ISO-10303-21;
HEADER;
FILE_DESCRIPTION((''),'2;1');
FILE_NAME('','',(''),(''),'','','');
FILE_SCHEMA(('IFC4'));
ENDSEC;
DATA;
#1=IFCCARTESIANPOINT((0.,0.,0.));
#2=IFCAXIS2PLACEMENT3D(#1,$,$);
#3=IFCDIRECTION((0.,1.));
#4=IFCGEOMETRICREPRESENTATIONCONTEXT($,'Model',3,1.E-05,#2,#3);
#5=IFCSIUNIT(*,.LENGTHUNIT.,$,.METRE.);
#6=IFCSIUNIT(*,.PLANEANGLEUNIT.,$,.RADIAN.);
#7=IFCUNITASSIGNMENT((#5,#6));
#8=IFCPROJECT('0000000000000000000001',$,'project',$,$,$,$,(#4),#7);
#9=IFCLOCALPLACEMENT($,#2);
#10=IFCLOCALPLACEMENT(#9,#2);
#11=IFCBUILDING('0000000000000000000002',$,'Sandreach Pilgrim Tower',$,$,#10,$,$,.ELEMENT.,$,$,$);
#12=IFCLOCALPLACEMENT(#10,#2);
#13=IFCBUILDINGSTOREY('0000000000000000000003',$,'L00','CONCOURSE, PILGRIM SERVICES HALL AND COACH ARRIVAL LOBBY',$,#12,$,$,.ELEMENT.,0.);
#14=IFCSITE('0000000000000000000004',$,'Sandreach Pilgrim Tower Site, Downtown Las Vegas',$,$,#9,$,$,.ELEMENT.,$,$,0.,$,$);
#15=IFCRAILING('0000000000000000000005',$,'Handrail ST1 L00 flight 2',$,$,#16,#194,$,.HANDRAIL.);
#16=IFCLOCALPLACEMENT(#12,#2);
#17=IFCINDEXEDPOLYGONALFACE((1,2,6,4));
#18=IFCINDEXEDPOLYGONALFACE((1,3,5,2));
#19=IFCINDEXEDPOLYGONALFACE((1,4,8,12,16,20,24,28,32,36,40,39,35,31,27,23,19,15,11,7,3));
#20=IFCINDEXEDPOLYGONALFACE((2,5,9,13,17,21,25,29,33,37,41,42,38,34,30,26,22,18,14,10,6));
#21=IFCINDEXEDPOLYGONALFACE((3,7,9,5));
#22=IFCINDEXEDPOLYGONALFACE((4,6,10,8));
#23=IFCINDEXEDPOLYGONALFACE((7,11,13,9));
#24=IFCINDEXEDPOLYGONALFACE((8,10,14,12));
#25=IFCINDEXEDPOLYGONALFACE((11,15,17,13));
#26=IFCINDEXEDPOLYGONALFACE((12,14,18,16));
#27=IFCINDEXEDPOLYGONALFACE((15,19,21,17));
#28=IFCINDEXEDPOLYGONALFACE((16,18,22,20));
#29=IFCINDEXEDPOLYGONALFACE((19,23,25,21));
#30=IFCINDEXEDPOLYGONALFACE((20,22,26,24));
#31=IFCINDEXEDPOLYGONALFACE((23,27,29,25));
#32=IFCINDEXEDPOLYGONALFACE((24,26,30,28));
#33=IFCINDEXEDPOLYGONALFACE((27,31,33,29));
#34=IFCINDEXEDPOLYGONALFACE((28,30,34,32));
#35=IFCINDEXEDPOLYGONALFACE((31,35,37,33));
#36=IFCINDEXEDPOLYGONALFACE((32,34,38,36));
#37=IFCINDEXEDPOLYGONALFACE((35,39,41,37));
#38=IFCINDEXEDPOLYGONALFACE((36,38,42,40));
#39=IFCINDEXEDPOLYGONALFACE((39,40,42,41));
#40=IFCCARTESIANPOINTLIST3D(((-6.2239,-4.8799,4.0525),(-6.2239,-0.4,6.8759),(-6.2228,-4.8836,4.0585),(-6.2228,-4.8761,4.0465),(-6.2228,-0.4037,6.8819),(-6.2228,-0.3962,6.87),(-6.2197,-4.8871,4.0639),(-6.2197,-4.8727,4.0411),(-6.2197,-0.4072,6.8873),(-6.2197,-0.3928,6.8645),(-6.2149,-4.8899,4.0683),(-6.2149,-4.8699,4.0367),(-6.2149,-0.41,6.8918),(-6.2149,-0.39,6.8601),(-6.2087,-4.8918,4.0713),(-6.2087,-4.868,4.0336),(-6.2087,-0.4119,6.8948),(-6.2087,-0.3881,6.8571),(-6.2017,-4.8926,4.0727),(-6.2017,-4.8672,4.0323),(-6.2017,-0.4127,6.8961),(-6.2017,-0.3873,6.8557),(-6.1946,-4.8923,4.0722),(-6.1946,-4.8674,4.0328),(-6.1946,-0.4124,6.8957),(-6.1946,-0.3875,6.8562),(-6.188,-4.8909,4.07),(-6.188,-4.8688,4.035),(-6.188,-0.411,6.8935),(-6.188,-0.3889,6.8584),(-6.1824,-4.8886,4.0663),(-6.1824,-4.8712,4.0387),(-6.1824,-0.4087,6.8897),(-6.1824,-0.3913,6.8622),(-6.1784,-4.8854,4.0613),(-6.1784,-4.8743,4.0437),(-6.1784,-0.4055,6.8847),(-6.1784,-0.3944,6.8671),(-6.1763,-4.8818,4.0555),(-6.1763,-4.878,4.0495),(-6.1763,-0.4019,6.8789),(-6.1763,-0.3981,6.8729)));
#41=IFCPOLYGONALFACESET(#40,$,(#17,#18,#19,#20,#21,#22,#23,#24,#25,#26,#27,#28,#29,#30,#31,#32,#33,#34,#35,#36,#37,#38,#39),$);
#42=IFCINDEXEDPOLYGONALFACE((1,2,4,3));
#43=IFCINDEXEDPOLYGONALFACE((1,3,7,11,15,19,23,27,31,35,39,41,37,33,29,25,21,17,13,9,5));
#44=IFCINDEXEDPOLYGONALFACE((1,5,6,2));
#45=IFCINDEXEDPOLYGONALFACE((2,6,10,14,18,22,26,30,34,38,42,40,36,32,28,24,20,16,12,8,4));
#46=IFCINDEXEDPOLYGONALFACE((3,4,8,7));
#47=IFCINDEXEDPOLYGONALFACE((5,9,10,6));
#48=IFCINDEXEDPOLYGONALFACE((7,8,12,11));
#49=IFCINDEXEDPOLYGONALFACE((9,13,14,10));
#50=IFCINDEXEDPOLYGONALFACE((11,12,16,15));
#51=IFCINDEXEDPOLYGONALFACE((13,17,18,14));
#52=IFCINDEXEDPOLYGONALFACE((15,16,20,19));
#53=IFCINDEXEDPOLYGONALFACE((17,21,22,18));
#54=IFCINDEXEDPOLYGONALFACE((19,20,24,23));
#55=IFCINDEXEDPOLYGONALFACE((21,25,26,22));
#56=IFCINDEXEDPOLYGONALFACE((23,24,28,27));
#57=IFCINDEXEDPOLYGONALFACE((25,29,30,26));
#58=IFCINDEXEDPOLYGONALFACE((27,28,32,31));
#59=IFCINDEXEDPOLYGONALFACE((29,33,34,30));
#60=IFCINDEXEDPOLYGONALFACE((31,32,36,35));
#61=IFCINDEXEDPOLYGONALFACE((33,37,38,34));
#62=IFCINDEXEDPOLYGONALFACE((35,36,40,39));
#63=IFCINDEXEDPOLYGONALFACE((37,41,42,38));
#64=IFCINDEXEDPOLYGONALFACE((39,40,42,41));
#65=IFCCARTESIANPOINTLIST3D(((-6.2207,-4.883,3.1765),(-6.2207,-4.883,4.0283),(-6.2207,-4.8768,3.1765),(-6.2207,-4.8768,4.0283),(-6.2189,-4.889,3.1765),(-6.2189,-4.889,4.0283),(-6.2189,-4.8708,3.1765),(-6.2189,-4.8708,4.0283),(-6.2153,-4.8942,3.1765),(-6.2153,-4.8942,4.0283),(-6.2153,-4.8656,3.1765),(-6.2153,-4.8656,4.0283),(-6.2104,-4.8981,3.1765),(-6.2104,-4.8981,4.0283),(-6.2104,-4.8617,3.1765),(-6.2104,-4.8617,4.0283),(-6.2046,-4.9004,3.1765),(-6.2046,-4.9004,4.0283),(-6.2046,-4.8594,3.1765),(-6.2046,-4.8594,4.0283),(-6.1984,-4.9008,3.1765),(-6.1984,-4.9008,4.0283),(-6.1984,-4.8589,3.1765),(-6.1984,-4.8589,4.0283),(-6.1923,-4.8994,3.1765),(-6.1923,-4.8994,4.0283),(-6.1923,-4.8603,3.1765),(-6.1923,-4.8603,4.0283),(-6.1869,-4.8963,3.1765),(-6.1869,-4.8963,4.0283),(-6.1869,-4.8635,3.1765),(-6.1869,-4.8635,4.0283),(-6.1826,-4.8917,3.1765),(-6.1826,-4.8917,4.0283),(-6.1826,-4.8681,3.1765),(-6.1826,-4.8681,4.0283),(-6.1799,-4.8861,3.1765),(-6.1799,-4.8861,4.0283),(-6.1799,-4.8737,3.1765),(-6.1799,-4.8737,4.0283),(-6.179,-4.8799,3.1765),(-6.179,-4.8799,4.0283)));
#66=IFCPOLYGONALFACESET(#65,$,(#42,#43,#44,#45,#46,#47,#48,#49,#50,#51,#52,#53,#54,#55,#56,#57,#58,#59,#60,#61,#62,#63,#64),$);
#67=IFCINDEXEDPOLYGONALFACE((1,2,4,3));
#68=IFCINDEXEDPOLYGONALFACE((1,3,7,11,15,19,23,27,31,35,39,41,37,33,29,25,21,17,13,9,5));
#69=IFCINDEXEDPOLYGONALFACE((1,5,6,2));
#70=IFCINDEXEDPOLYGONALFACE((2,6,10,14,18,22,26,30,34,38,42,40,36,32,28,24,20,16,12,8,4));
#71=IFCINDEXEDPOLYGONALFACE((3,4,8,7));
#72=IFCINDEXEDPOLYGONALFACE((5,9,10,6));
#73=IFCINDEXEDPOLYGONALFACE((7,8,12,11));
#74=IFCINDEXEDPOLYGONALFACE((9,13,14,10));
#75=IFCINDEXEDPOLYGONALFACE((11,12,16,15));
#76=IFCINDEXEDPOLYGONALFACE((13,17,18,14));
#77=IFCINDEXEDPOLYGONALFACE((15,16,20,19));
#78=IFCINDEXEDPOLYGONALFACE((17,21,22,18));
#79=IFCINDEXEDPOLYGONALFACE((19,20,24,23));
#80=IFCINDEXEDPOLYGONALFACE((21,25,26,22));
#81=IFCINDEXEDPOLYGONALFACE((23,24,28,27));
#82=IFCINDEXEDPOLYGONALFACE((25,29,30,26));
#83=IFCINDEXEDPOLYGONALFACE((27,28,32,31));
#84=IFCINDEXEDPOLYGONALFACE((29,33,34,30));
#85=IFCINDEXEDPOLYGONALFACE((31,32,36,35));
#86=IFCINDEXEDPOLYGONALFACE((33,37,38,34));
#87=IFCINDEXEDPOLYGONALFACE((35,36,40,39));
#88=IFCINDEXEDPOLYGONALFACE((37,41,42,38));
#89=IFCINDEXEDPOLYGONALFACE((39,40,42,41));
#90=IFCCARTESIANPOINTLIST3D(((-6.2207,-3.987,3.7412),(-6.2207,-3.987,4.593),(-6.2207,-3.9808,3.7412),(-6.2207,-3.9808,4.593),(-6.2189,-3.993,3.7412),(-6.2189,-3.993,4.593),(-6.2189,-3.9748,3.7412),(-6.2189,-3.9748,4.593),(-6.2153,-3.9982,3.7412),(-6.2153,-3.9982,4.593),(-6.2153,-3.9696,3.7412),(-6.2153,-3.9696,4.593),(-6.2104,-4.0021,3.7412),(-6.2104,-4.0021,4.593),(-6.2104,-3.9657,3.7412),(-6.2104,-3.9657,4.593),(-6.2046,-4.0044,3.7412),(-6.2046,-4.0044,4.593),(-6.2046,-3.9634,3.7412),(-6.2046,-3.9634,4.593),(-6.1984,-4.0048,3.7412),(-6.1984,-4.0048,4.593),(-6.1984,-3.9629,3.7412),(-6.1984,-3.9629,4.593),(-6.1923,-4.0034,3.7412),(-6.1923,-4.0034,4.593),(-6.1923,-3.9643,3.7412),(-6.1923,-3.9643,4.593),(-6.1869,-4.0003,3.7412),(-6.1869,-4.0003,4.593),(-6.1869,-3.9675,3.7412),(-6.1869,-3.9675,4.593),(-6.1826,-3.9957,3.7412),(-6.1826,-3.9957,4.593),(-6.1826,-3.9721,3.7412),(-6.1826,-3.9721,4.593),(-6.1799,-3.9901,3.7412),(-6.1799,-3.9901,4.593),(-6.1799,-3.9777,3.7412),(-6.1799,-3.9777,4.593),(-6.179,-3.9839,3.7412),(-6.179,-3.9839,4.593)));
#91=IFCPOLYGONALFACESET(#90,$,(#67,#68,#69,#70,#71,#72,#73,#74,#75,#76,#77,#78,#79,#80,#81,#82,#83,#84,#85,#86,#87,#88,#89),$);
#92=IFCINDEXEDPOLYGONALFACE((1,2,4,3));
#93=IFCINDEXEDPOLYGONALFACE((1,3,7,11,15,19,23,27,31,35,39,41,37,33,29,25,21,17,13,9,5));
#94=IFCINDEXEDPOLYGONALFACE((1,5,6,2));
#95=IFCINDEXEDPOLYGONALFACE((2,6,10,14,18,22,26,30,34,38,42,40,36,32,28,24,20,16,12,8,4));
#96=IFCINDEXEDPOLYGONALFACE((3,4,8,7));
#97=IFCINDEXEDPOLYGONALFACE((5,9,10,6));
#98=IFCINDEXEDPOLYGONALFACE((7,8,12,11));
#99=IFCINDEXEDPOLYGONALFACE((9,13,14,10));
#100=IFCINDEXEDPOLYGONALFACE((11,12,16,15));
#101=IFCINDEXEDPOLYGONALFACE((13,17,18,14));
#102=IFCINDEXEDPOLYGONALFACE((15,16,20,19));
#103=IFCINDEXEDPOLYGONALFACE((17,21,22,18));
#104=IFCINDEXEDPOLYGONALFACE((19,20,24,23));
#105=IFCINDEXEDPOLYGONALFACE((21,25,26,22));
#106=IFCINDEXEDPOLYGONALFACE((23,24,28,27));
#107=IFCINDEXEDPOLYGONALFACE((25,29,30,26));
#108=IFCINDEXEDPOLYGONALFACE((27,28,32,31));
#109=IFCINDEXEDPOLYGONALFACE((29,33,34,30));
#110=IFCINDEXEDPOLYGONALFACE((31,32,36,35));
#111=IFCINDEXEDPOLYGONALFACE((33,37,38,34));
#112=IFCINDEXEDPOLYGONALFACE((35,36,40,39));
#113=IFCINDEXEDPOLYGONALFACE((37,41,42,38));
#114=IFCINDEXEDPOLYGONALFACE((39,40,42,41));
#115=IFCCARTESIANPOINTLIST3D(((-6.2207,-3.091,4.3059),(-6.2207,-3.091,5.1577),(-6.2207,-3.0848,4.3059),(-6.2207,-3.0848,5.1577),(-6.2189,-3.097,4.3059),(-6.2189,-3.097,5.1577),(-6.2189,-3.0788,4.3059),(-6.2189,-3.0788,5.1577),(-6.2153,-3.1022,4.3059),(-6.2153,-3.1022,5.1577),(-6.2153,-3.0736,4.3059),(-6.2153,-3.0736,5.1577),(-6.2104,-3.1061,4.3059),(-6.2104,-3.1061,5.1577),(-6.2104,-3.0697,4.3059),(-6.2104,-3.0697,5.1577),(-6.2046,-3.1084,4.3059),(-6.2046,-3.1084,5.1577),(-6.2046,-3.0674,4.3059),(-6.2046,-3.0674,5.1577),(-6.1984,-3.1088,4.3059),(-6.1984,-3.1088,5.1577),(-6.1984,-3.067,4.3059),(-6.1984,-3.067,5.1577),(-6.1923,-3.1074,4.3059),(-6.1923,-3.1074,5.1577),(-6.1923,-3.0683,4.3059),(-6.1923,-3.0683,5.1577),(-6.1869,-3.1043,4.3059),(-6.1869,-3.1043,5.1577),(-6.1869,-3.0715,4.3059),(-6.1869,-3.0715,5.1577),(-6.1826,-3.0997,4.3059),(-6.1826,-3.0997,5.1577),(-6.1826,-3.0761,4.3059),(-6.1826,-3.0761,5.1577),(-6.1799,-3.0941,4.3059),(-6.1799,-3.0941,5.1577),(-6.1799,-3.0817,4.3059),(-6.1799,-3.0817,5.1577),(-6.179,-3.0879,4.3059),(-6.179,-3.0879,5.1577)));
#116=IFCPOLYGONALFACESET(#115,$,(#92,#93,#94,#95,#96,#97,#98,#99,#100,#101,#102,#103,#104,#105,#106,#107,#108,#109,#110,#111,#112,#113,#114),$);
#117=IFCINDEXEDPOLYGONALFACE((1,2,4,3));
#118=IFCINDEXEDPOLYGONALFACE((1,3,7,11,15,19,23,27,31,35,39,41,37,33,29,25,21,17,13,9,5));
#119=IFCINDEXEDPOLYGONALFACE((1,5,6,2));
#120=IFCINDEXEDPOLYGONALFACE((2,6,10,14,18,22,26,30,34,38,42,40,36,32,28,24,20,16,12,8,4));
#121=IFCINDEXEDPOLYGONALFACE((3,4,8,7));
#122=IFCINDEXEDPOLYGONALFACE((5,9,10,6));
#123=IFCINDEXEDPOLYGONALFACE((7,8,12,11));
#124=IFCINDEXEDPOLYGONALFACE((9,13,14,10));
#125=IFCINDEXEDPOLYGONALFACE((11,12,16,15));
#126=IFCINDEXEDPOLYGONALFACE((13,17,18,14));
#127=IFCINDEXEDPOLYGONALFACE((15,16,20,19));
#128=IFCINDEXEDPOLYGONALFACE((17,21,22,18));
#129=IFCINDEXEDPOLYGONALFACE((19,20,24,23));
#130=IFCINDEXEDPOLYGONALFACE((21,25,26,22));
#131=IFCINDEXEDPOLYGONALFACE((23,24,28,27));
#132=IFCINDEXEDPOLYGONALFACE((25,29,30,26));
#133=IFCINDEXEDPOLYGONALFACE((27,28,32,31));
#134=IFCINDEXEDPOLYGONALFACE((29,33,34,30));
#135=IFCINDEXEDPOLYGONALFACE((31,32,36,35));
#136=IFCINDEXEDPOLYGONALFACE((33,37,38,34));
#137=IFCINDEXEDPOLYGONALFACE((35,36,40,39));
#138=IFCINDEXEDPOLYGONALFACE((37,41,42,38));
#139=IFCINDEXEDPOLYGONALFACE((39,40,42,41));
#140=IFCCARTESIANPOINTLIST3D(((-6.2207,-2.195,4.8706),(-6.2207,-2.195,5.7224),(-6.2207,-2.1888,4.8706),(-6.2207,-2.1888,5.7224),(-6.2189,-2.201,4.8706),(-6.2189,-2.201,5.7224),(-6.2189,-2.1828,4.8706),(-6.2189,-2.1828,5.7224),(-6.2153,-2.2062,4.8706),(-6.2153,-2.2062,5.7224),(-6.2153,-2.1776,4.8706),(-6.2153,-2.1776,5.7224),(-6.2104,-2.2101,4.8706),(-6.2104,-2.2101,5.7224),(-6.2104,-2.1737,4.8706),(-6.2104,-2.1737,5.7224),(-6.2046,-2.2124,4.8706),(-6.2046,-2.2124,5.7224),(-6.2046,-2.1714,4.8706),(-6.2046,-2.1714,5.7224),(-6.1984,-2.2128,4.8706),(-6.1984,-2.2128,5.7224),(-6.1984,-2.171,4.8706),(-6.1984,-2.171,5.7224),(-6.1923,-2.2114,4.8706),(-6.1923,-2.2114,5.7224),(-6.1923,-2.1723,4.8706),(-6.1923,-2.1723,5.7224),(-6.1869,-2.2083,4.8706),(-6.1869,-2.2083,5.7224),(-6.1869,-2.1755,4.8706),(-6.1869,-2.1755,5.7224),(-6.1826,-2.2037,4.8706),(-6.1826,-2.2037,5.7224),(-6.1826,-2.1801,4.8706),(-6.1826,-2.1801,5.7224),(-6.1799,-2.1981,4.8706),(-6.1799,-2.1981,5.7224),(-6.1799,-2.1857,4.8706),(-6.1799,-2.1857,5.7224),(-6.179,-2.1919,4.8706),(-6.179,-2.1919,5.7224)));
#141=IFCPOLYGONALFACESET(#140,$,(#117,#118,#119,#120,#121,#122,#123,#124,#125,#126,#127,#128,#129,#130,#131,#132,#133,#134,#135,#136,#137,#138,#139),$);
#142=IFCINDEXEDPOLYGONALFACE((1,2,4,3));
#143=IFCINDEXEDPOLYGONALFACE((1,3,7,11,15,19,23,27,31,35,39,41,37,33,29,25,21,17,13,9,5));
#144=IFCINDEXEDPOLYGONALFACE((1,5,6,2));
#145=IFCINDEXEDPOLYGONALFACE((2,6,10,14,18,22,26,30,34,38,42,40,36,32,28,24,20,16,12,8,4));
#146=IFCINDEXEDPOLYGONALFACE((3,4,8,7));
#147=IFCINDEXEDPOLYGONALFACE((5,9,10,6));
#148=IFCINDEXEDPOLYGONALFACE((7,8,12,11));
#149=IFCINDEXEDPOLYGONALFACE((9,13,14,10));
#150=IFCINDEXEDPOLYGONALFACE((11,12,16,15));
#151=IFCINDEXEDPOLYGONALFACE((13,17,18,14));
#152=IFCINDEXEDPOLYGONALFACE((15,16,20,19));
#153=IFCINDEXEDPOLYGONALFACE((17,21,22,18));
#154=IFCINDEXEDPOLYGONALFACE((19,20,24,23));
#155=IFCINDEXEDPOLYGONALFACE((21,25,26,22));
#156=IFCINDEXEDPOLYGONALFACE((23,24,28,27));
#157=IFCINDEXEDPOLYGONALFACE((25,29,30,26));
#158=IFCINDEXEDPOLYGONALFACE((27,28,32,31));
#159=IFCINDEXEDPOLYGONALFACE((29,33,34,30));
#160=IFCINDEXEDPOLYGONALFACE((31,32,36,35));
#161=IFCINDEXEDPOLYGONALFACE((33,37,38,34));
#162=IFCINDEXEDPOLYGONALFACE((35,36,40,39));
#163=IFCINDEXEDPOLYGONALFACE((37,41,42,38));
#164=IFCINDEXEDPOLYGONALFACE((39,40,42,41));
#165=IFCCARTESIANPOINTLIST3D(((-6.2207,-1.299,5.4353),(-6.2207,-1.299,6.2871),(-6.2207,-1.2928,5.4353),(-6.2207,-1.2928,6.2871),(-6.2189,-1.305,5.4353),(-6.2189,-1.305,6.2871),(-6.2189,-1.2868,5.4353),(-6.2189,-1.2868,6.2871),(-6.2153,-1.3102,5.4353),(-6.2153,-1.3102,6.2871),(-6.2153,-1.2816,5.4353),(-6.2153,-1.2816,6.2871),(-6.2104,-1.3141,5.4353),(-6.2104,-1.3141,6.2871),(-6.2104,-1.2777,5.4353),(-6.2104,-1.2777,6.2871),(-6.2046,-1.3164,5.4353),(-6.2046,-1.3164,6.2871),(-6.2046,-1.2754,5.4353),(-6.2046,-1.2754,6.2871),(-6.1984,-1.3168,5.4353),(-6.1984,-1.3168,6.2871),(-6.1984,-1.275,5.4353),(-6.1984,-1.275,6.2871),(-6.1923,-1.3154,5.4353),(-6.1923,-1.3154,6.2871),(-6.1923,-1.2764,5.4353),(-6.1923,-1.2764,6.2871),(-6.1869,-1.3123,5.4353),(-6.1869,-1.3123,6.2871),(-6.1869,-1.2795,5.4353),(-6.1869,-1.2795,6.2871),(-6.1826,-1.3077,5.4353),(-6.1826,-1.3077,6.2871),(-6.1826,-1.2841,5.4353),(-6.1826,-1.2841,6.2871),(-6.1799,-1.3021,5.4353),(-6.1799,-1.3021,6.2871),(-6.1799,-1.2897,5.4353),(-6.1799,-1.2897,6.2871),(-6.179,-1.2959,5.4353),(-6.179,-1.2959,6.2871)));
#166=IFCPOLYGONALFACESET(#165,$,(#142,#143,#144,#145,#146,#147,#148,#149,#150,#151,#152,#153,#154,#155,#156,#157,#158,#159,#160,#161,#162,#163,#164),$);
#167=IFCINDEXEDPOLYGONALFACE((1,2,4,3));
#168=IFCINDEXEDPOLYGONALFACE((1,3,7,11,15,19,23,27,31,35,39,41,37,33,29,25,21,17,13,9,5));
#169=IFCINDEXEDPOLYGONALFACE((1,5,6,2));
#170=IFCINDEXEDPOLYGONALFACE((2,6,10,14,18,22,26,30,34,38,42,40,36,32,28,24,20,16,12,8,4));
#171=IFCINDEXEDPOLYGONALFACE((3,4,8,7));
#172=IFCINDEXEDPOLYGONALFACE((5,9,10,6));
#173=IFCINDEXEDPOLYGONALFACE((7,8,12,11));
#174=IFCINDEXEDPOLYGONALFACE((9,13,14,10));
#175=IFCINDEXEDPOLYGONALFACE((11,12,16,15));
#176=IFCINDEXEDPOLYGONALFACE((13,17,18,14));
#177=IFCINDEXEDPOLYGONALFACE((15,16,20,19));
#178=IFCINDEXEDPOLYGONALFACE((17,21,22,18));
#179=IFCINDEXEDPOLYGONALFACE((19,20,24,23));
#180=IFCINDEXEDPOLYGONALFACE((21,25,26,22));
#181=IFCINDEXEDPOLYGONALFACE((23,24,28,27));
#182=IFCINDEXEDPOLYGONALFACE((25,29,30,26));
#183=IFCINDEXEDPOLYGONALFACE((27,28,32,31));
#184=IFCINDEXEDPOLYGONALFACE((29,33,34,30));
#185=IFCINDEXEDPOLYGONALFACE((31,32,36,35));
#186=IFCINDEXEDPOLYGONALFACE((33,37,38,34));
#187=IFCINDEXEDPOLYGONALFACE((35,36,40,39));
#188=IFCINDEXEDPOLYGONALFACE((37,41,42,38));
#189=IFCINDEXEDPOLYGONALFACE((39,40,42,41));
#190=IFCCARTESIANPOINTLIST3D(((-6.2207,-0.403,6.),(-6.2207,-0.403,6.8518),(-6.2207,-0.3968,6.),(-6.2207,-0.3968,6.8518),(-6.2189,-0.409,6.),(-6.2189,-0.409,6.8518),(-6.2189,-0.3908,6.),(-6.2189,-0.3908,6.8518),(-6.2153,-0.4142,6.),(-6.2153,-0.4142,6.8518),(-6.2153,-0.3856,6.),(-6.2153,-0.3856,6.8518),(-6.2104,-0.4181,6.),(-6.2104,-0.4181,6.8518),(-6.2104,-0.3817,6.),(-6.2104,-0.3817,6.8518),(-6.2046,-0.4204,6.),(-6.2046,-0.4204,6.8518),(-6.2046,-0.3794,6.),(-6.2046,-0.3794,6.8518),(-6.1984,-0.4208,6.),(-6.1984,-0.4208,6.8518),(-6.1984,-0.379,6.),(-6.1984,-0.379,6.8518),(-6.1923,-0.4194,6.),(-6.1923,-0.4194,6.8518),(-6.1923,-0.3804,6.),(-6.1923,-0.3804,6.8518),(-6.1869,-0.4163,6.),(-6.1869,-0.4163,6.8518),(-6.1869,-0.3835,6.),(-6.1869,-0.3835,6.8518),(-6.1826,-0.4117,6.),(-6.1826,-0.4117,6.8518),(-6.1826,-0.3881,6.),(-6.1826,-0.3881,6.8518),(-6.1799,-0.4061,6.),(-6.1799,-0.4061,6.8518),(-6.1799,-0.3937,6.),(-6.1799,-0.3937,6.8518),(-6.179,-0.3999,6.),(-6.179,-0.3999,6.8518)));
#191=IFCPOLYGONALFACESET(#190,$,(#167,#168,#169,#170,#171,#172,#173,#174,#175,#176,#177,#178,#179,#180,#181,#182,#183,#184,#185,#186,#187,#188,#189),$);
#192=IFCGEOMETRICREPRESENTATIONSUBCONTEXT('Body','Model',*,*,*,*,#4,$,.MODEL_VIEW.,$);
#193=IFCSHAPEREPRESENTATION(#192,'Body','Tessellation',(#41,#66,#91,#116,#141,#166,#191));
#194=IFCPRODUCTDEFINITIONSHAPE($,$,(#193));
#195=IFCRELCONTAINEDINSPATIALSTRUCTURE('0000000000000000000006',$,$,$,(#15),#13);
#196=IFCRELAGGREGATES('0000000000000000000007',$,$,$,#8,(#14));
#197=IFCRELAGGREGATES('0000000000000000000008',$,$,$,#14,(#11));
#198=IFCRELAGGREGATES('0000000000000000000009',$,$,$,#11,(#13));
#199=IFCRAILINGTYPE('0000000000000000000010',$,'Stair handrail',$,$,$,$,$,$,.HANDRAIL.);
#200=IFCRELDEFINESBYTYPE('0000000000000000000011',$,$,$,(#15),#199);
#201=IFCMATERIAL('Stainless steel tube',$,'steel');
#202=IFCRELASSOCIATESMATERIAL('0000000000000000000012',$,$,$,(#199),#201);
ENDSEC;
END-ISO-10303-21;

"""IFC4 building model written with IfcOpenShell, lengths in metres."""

from ifc_helpers import new_model, si_unit, direction, frame, origin, origin_2d, place, context, subcontext, project, spatial, circle, extrude, material, type_object, element, save


model = new_model("IFC4")

# Units and contexts
model_context = context("Model", 3, precision=1e-05, world=origin(), true_north=direction((0.0, 1.0)))
body_context = subcontext(model_context, "Body", "Model", "MODEL_VIEW")
ifc_project = project(units=[si_unit("LENGTHUNIT", "METRE"), si_unit("PLANEANGLEUNIT", "RADIAN")], contexts=[model_context])

# Site, building, storey
site_placement = place(None, origin())
site = spatial("IfcSite", under=ifc_project, at=site_placement, Name="Sandreach Pilgrim Tower Site, Downtown Las Vegas", CompositionType="ELEMENT", RefElevation=0.0)
building_placement = place(site_placement, origin())
building = spatial("IfcBuilding", under=site, at=building_placement, Name="Sandreach Pilgrim Tower", CompositionType="ELEMENT")
storey_placement = place(building_placement, origin())
storey = spatial("IfcBuildingStorey", under=building, at=storey_placement, Name="L00", Description="CONCOURSE, PILGRIM SERVICES HALL AND COACH ARRIVAL LOBBY", CompositionType="ELEMENT", Elevation=0.0)

# Railing
ifc_material_1 = material(Name="Stainless steel tube", Category="steel")
railing_type = type_object("IfcRailingType", Name="Stair handrail", PredefinedType="HANDRAIL", material=ifc_material_1)
for number, where, name in (
    (1, (-6.2, -4.8799, 3.1765), "Handrail ST1 L00 flight 2"),
):
    element("IfcRailing", number, at=place(storey_placement, frame(where)), inside=storey, type_object=railing_type, Name=name, PredefinedType="HANDRAIL", context=body_context, shape_type="SweptSolid", body=[
        extrude(circle(Radius=0.0239, at=origin_2d()), frame((0.0, 0.0, 0.876), z_axis=(0.0, 0.845998, 0.533186), x_axis=(-1.0, 0.0, 0.0)), (0.0, 0.0, 1.0), 5.2954),
        extrude(circle(Radius=0.021, at=origin_2d()), origin(), (0.0, 0.0, 1.0), 0.8518),
        extrude(circle(Radius=0.021, at=origin_2d()), frame((0.0, 0.896, 0.5647)), (0.0, 0.0, 1.0), 0.8518),
        extrude(circle(Radius=0.021, at=origin_2d()), frame((0.0, 1.792, 1.1294)), (0.0, 0.0, 1.0), 0.8518),
        extrude(circle(Radius=0.021, at=origin_2d()), frame((0.0, 2.688, 1.6941)), (0.0, 0.0, 1.0), 0.8518),
        extrude(circle(Radius=0.021, at=origin_2d()), frame((0.0, 3.584, 2.2588)), (0.0, 0.0, 1.0), 0.8518),
        extrude(circle(Radius=0.021, at=origin_2d()), frame((0.0, 4.48, 2.8235)), (0.0, 0.0, 1.0), 0.8518),
    ])

save(model, "model.ifc")
